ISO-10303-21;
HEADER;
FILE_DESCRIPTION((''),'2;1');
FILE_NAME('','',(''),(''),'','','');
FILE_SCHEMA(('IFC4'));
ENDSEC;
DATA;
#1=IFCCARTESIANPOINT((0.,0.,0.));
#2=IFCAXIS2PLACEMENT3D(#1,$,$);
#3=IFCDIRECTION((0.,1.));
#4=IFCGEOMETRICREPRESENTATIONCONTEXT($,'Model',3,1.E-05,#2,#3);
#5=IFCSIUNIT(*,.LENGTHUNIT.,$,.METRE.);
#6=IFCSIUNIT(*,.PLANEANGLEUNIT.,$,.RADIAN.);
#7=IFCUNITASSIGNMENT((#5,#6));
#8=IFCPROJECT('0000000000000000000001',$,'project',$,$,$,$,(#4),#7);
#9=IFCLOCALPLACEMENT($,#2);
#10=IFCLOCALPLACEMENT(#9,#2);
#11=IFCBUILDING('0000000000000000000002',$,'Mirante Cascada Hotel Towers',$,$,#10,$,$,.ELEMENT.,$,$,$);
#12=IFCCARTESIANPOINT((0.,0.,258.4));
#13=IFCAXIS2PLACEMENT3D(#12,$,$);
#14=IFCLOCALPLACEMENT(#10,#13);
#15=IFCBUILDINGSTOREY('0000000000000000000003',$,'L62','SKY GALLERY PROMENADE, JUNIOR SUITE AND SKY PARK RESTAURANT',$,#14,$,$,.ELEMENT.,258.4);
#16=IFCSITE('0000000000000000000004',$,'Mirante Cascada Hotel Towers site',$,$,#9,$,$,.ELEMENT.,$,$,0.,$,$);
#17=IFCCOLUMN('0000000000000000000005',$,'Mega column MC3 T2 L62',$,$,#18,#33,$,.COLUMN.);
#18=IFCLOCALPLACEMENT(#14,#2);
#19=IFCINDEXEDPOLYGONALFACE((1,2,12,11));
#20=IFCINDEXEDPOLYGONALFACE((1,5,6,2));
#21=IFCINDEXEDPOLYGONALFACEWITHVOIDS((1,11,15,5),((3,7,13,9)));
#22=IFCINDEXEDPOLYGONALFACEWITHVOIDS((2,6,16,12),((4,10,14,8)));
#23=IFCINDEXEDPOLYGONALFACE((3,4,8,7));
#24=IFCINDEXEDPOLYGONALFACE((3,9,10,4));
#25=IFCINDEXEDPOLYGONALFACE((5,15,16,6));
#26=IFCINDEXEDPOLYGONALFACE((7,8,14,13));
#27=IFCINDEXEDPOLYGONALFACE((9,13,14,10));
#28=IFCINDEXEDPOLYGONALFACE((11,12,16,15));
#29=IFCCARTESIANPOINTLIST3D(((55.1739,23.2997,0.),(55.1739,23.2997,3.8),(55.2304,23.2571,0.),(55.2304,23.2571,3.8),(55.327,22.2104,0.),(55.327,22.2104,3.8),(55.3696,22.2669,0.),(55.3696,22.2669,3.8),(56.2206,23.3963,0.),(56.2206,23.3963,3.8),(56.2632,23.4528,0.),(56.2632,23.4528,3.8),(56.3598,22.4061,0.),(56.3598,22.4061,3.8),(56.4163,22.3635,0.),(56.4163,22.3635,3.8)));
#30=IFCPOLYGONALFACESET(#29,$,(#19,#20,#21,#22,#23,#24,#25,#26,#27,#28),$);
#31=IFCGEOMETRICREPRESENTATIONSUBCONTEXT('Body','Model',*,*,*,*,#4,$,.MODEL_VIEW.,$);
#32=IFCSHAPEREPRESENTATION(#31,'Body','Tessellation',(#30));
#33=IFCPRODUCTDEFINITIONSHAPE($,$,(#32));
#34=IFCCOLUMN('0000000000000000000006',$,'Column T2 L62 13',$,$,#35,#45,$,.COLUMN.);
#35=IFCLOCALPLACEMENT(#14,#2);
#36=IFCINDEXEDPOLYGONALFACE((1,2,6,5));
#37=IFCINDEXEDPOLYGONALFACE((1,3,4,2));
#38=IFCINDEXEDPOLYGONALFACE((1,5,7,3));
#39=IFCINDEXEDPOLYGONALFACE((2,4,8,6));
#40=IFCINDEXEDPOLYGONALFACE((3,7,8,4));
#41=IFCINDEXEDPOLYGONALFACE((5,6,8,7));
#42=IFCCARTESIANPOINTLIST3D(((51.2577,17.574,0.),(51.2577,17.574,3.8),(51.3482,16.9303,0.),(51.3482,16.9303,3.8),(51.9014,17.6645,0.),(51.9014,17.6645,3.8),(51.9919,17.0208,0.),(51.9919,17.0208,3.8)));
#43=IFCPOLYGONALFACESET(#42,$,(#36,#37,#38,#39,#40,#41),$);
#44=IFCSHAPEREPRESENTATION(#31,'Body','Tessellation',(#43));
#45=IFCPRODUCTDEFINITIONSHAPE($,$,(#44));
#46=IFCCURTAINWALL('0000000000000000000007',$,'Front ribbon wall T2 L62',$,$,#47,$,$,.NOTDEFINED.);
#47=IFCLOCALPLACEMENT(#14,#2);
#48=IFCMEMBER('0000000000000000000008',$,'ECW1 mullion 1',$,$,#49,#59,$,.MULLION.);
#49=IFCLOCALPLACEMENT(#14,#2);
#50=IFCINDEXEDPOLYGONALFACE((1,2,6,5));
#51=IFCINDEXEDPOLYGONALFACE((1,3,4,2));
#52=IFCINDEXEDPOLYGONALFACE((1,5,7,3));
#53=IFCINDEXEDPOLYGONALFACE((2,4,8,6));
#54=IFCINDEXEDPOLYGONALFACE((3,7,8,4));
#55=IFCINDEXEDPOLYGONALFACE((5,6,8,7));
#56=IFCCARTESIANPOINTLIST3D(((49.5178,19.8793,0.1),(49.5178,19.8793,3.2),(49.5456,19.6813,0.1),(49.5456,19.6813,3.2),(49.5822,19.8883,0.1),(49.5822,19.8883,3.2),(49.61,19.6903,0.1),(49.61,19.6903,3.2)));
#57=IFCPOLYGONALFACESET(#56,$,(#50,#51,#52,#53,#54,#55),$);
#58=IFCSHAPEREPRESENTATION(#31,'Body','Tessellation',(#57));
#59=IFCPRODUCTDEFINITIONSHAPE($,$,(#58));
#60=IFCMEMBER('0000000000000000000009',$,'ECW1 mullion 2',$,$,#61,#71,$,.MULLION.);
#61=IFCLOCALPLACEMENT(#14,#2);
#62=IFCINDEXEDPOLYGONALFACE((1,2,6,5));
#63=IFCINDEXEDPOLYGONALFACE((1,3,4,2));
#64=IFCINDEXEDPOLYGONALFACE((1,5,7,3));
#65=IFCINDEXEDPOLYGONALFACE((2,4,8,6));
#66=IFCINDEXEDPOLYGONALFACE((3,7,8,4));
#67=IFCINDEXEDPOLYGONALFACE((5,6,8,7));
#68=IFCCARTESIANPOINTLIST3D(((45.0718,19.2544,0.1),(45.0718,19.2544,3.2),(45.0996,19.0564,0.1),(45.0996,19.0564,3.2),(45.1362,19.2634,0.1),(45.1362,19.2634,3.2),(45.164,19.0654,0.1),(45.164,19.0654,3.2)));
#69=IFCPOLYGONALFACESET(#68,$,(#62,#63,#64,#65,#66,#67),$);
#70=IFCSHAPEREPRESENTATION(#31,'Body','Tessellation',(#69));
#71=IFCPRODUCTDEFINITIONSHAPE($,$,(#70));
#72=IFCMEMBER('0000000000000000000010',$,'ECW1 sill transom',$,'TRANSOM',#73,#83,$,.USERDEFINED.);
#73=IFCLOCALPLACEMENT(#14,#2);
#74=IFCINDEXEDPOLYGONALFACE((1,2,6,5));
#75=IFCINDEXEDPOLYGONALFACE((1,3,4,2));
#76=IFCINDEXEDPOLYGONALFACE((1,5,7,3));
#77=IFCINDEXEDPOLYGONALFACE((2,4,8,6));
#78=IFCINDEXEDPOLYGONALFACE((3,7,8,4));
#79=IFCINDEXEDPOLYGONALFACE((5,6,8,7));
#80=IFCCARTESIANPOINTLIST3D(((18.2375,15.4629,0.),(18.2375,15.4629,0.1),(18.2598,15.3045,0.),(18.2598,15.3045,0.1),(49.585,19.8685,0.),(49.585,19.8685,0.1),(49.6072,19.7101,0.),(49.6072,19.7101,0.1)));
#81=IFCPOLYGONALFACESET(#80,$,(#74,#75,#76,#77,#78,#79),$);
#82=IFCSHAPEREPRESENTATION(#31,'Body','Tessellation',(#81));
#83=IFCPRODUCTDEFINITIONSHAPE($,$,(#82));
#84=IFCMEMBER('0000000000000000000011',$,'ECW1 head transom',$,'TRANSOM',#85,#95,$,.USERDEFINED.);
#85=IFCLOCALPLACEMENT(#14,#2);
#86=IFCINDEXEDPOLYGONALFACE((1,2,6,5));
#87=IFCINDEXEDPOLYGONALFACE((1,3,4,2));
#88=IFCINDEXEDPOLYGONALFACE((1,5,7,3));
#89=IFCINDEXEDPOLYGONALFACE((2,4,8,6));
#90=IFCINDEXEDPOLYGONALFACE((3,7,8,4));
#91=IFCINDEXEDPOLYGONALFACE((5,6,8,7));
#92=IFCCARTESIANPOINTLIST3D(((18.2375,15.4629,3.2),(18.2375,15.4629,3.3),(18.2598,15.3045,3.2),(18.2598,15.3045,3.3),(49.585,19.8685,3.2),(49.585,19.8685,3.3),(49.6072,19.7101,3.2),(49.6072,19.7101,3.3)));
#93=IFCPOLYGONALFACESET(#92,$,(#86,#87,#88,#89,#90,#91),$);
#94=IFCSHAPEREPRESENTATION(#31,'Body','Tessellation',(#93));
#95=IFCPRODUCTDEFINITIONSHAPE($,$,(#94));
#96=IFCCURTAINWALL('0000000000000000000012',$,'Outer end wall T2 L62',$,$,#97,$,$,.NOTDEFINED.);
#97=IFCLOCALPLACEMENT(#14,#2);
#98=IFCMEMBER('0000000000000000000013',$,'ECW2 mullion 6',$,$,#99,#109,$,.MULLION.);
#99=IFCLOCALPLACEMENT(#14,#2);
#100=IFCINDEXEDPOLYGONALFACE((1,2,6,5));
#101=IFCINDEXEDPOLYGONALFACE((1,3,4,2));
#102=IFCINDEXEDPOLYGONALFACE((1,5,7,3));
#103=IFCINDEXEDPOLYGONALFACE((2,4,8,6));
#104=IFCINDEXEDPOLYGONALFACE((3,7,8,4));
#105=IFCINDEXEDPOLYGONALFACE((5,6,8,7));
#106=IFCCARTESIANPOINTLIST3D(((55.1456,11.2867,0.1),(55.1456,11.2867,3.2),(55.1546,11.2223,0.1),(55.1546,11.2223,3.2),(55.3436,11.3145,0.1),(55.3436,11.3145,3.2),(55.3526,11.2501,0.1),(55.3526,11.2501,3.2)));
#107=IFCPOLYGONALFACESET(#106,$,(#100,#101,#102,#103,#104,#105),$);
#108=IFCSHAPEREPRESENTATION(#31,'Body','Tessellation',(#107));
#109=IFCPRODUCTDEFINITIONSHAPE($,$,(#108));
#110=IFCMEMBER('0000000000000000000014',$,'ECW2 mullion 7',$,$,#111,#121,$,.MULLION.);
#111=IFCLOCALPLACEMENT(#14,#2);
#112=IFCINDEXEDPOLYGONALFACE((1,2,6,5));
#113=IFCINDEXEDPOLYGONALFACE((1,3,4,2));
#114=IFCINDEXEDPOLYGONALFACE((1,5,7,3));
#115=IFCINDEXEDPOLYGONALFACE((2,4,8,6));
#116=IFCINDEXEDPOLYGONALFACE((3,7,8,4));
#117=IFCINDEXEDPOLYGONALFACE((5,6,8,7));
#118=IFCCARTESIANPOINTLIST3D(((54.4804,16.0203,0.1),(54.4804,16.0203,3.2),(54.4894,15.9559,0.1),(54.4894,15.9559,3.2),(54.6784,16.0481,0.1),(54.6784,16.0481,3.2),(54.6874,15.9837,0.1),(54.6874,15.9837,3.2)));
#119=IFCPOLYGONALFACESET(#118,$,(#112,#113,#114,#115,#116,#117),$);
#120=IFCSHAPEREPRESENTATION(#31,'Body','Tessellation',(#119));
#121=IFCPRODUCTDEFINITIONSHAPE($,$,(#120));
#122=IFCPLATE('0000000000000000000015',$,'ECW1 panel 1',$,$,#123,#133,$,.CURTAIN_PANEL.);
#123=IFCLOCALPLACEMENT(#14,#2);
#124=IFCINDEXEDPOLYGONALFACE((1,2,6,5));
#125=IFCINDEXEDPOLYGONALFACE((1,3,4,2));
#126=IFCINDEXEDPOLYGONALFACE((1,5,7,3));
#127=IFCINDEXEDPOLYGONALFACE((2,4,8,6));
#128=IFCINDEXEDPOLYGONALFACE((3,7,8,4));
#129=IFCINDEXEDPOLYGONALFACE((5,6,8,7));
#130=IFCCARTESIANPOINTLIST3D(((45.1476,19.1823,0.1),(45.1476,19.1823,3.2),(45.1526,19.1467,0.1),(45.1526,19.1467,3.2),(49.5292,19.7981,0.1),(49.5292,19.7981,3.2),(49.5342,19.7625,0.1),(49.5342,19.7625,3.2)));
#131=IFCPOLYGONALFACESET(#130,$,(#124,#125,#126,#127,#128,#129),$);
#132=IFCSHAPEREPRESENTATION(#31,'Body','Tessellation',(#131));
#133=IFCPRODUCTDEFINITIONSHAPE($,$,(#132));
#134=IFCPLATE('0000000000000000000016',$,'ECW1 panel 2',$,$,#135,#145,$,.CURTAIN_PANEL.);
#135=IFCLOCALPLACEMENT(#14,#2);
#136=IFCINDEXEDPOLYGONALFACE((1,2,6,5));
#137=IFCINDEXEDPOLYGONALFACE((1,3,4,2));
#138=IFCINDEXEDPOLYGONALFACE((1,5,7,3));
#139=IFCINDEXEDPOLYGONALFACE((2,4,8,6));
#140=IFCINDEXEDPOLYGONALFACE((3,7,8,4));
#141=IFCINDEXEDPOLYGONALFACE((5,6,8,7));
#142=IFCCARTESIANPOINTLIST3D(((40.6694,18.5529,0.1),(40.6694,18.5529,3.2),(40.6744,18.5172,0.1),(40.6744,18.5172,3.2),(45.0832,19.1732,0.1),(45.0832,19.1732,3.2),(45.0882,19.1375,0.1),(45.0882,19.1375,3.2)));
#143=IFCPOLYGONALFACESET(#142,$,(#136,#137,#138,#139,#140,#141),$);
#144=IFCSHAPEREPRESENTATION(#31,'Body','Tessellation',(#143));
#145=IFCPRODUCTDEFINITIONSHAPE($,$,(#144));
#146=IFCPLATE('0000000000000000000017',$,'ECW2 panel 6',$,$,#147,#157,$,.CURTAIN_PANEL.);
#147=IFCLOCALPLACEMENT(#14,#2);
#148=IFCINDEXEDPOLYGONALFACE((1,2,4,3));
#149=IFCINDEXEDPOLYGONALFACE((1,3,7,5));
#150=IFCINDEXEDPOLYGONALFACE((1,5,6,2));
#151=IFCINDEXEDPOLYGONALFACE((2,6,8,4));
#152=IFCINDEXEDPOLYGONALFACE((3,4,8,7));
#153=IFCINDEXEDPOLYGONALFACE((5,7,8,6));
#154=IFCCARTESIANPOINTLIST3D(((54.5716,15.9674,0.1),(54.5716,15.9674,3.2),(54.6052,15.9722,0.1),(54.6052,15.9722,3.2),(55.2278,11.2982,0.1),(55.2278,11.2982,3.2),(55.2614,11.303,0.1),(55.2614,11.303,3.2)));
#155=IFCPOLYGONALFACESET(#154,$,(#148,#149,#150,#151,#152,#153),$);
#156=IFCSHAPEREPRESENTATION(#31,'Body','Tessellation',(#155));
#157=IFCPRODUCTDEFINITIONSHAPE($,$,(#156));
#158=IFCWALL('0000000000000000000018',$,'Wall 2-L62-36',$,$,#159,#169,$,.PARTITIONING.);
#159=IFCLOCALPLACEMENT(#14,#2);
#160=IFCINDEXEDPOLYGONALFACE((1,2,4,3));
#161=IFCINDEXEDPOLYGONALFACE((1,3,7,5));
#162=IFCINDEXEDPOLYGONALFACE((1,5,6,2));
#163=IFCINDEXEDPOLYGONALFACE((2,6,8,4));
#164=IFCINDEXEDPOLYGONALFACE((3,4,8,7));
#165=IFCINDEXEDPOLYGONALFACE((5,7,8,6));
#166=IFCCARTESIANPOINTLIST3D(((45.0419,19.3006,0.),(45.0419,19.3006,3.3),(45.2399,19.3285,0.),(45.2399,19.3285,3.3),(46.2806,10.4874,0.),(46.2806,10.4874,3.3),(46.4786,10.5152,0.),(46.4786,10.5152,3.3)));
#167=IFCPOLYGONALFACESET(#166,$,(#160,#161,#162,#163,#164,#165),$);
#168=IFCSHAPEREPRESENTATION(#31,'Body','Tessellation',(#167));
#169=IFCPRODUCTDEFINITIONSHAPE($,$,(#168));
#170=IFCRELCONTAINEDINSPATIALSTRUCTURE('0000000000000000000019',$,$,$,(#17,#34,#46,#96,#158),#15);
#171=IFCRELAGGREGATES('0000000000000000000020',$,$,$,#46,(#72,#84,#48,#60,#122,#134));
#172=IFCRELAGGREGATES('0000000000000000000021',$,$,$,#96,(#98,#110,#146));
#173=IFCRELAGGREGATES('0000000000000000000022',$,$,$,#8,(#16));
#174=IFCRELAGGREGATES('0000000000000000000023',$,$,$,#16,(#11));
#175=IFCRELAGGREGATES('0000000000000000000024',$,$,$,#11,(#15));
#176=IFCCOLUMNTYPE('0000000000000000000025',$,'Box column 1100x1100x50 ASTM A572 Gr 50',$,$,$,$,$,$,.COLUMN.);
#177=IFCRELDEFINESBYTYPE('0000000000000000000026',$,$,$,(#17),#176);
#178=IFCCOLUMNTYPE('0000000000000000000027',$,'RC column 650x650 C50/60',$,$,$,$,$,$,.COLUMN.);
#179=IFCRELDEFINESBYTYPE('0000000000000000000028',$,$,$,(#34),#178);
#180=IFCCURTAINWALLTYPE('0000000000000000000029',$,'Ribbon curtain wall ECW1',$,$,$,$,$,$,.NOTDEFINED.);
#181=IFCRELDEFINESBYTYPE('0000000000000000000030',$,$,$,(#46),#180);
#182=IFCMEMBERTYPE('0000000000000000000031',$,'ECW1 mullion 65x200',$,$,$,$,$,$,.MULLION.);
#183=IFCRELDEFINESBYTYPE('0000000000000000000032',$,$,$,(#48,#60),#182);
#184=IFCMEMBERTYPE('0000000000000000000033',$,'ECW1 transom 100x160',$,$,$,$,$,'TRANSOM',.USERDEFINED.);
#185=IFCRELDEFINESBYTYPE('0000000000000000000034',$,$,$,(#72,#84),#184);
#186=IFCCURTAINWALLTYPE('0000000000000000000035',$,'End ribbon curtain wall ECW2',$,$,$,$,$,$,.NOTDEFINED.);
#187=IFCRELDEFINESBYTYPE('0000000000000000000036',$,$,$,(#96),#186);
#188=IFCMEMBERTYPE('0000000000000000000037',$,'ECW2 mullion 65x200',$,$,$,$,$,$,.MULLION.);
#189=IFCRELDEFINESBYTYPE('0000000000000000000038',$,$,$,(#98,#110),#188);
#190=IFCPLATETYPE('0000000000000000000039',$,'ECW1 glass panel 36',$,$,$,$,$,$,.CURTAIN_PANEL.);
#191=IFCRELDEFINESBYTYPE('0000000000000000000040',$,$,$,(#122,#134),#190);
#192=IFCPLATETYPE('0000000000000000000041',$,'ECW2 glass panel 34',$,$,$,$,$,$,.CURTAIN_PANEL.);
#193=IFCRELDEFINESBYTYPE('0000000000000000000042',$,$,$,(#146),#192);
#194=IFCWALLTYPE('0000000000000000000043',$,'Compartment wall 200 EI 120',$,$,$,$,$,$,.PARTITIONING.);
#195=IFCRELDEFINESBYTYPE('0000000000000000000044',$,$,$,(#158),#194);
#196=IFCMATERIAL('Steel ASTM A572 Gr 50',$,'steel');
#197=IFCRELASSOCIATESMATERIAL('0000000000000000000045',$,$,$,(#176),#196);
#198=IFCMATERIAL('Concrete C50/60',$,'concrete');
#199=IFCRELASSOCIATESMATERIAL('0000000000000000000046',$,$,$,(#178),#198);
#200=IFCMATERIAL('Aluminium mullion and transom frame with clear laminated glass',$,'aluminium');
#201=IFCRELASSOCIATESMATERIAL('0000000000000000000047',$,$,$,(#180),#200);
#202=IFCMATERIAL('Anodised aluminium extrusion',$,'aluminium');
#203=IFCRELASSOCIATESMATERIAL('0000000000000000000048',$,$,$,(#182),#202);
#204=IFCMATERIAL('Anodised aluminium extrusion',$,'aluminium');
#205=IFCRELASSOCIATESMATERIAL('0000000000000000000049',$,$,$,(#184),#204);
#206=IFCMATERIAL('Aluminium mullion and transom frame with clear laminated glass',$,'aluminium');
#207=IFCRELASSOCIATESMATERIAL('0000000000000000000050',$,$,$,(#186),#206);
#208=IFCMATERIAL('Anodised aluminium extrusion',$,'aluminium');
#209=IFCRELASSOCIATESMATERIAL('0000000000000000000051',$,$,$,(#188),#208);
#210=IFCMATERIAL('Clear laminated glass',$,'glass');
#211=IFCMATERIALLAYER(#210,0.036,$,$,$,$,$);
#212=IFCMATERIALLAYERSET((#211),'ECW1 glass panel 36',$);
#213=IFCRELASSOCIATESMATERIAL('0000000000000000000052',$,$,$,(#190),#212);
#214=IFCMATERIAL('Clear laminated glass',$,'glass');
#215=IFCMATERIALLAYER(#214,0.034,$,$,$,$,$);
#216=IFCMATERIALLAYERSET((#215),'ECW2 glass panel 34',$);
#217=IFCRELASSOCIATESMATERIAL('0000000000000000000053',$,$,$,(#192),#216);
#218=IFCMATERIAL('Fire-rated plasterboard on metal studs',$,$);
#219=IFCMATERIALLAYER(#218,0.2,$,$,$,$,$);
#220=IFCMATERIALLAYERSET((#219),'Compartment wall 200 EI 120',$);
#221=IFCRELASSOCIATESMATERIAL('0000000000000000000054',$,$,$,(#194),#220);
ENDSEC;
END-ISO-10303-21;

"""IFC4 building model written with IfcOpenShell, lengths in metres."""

from ifc_helpers import new_model, si_unit, direction, frame, frame_2d, origin, origin_2d, place, context, subcontext, project, spatial, rectangle, hollow_rectangle, extrude, material, layer, layer_set, material_profile, profile_set, type_object, element, aggregate, save


model = new_model("IFC4")

# Units and contexts
model_context = context("Model", 3, precision=1e-05, world=origin(), true_north=direction((0.0, 1.0)))
body_context = subcontext(model_context, "Body", "Model", "MODEL_VIEW")
ifc_project = project(units=[si_unit("LENGTHUNIT", "METRE"), si_unit("PLANEANGLEUNIT", "RADIAN")], contexts=[model_context])

# Site, building, storey
site_placement = place(None, origin())
site = spatial("IfcSite", under=ifc_project, at=site_placement, Name="Mirante Cascada Hotel Towers site", CompositionType="ELEMENT", RefElevation=0.0)
building_placement = place(site_placement, origin())
building = spatial("IfcBuilding", under=site, at=building_placement, Name="Mirante Cascada Hotel Towers", CompositionType="ELEMENT")
storey_placement = place(building_placement, frame((0.0, 0.0, 258.4)))
storey = spatial("IfcBuildingStorey", under=building, at=storey_placement, Name="L62", Description="SKY GALLERY PROMENADE, JUNIOR SUITE AND SKY PARK RESTAURANT", CompositionType="ELEMENT", Elevation=258.4)

# Columns
ifc_material_1 = material(Name="Steel ASTM A572 Gr 50", Category="steel")
ifc_material_profile_1 = material_profile(ifc_material_1, hollow_rectangle(XDim=1.1, YDim=1.1, WallThickness=0.05, at=origin_2d()), Name="Box column 1100x1100x50 ASTM A572 Gr 50")
ifc_profile_set_1 = profile_set([ifc_material_profile_1], Name="Steel ASTM A572 Gr 50")
column_type_1 = type_object("IfcColumnType", Name="Box column 1100x1100x50 ASTM A572 Gr 50", PredefinedType="COLUMN", material=ifc_profile_set_1)
column_1_placement = place(storey_placement, frame((55.7951, 22.8316, 0.0), z_axis=(0.0, 0.0, 1.0), x_axis=(0.990268, 0.139173, 0.0)))
element("IfcColumn", 1, at=column_1_placement, inside=storey, type_object=column_type_1, Name="Mega column MC3 T2 L62", PredefinedType="COLUMN", context=body_context, shape_type="SweptSolid", body=[
    extrude(hollow_rectangle(XDim=1.1, YDim=1.1, WallThickness=0.05, at=origin_2d()), origin(), (0.0, 0.0, 1.0), 3.8),
])
ifc_material_2 = material(Name="Concrete C50/60", Category="concrete")
ifc_material_profile_2 = material_profile(ifc_material_2, rectangle(XDim=0.65, YDim=0.65, at=origin_2d()), Name="RC column 650x650 C50/60")
ifc_profile_set_2 = profile_set([ifc_material_profile_2], Name="Concrete C50/60")
column_type_2 = type_object("IfcColumnType", Name="RC column 650x650 C50/60", PredefinedType="COLUMN", material=ifc_profile_set_2)
column_2_placement = place(storey_placement, frame((51.6248, 17.2974, 0.0), z_axis=(0.0, 0.0, 1.0), x_axis=(0.990268, 0.139173, 0.0)))
element("IfcColumn", 2, at=column_2_placement, inside=storey, type_object=column_type_2, Name="Column T2 L62 13", PredefinedType="COLUMN", context=body_context, shape_type="SweptSolid", body=[
    extrude(rectangle(XDim=0.65, YDim=0.65, at=origin_2d()), origin(), (0.0, 0.0, 1.0), 3.8),
])

# Curtain walls, members
ifc_material_3 = material(Name="Aluminium mullion and transom frame with clear laminated glass", Category="aluminium")
curtain_wall_type_1 = type_object("IfcCurtainWallType", Name="Ribbon curtain wall ECW1", PredefinedType="NOTDEFINED", material=ifc_material_3)
curtain_wall_1_placement = place(storey_placement, origin())
curtain_wall_1 = element("IfcCurtainWall", 3, at=curtain_wall_1_placement, inside=storey, type_object=curtain_wall_type_1, Name="Front ribbon wall T2 L62", PredefinedType="NOTDEFINED")
ifc_material_4 = material(Name="Anodised aluminium extrusion", Category="aluminium")
ifc_material_profile_3 = material_profile(ifc_material_4, rectangle(XDim=0.2, YDim=0.065, at=origin_2d()), Name="ECW1 MULLION 65x200")
ifc_profile_set_3 = profile_set([ifc_material_profile_3], Name="Anodised aluminium extrusion")
member_type_1 = type_object("IfcMemberType", Name="ECW1 mullion 65x200", PredefinedType="MULLION", material=ifc_profile_set_3)
member_1_placement = place(storey_placement, frame((49.5639, 19.7848, 0.1), z_axis=(0.0, 0.0, 1.0), x_axis=(0.139173, -0.990268, 0.0)))
member_1 = element("IfcMember", 4, at=member_1_placement, type_object=member_type_1, Name="ECW1 mullion 1", PredefinedType="MULLION", context=body_context, shape_type="SweptSolid", body=[
    extrude(rectangle(XDim=0.2, YDim=0.065, at=origin_2d()), origin(), (0.0, 0.0, 1.0), 3.1),
])
member_2_placement = place(storey_placement, frame((45.1179, 19.1599, 0.1), z_axis=(0.0, 0.0, 1.0), x_axis=(0.139173, -0.990268, 0.0)))
member_2 = element("IfcMember", 5, at=member_2_placement, type_object=member_type_1, Name="ECW1 mullion 2", PredefinedType="MULLION", context=body_context, shape_type="SweptSolid", body=[
    extrude(rectangle(XDim=0.2, YDim=0.065, at=origin_2d()), origin(), (0.0, 0.0, 1.0), 3.1),
])
ifc_material_5 = material(Name="Anodised aluminium extrusion", Category="aluminium")
ifc_material_profile_4 = material_profile(ifc_material_5, rectangle(XDim=0.16, YDim=0.1, at=origin_2d()), Name="ECW1 TRANSOM 100x160")
ifc_profile_set_4 = profile_set([ifc_material_profile_4], Name="Anodised aluminium extrusion")
member_type_2 = type_object("IfcMemberType", Name="ECW1 transom 100x160", ElementType="TRANSOM", PredefinedType="USERDEFINED", material=ifc_profile_set_4)
member_3_placement = place(storey_placement, frame((49.5961, 19.7893, 0.05), z_axis=(-0.990268, -0.139173, 0.0), x_axis=(0.139173, -0.990268, 0.0)))
member_3 = element("IfcMember", 6, at=member_3_placement, type_object=member_type_2, Name="ECW1 sill transom", ObjectType="TRANSOM", PredefinedType="USERDEFINED", context=body_context, shape_type="SweptSolid", body=[
    extrude(rectangle(XDim=0.16, YDim=0.1, at=origin_2d()), origin(), (0.0, 0.0, 1.0), 31.6555),
])
member_4_placement = place(storey_placement, frame((49.5961, 19.7893, 3.25), z_axis=(-0.990268, -0.139173, 0.0), x_axis=(0.139173, -0.990268, 0.0)))
member_4 = element("IfcMember", 7, at=member_4_placement, type_object=member_type_2, Name="ECW1 head transom", ObjectType="TRANSOM", PredefinedType="USERDEFINED", context=body_context, shape_type="SweptSolid", body=[
    extrude(rectangle(XDim=0.16, YDim=0.1, at=origin_2d()), origin(), (0.0, 0.0, 1.0), 31.6555),
])
ifc_material_6 = material(Name="Aluminium mullion and transom frame with clear laminated glass", Category="aluminium")
curtain_wall_type_2 = type_object("IfcCurtainWallType", Name="End ribbon curtain wall ECW2", PredefinedType="NOTDEFINED", material=ifc_material_6)
curtain_wall_2_placement = place(storey_placement, origin())
curtain_wall_2 = element("IfcCurtainWall", 8, at=curtain_wall_2_placement, inside=storey, type_object=curtain_wall_type_2, Name="Outer end wall T2 L62", PredefinedType="NOTDEFINED")
ifc_material_7 = material(Name="Anodised aluminium extrusion", Category="aluminium")
ifc_material_profile_5 = material_profile(ifc_material_7, rectangle(XDim=0.2, YDim=0.065, at=origin_2d()), Name="ECW2 MULLION 65x200")
ifc_profile_set_5 = profile_set([ifc_material_profile_5], Name="Anodised aluminium extrusion")
member_type_3 = type_object("IfcMemberType", Name="ECW2 mullion 65x200", PredefinedType="MULLION", material=ifc_profile_set_5)
member_5_placement = place(storey_placement, frame((55.2491, 11.2684, 0.1), z_axis=(0.0, 0.0, 1.0), x_axis=(-0.990268, -0.139173, 0.0)))
member_5 = element("IfcMember", 9, at=member_5_placement, type_object=member_type_3, Name="ECW2 mullion 6", PredefinedType="MULLION", context=body_context, shape_type="SweptSolid", body=[
    extrude(rectangle(XDim=0.2, YDim=0.065, at=origin_2d()), origin(), (0.0, 0.0, 1.0), 3.1),
])
member_6_placement = place(storey_placement, frame((54.5839, 16.002, 0.1), z_axis=(0.0, 0.0, 1.0), x_axis=(-0.990268, -0.139173, 0.0)))
member_6 = element("IfcMember", 10, at=member_6_placement, type_object=member_type_3, Name="ECW2 mullion 7", PredefinedType="MULLION", context=body_context, shape_type="SweptSolid", body=[
    extrude(rectangle(XDim=0.2, YDim=0.065, at=origin_2d()), origin(), (0.0, 0.0, 1.0), 3.1),
])

# Plates
ifc_material_8 = material(Name="Clear laminated glass", Category="glass")
ifc_layer_1 = layer(ifc_material_8, 0.036)
ifc_layer_set_1 = layer_set([ifc_layer_1], Name="ECW1 glass panel 36")
plate_type_1 = type_object("IfcPlateType", Name="ECW1 glass panel 36", PredefinedType="CURTAIN_PANEL", material=ifc_layer_set_1)
plate_1_placement = place(storey_placement, frame((47.3409, 19.4724, 0.1), z_axis=(0.0, 0.0, 1.0), x_axis=(-0.990268, -0.139173, 0.0)))
plate_1 = element("IfcPlate", 11, at=plate_1_placement, type_object=plate_type_1, Name="ECW1 panel 1", PredefinedType="CURTAIN_PANEL", context=body_context, shape_type="SweptSolid", body=[
    extrude(rectangle(XDim=4.4247, YDim=0.036, at=origin_2d()), origin(), (0.0, 0.0, 1.0), 3.1),
])
plate_2_placement = place(storey_placement, frame((42.8788, 18.8452, 0.1), z_axis=(0.0, 0.0, 1.0), x_axis=(-0.990268, -0.139173, 0.0)))
plate_2 = element("IfcPlate", 12, at=plate_2_placement, type_object=plate_type_1, Name="ECW1 panel 2", PredefinedType="CURTAIN_PANEL", context=body_context, shape_type="SweptSolid", body=[
    extrude(rectangle(XDim=4.4572, YDim=0.036, at=origin_2d()), origin(), (0.0, 0.0, 1.0), 3.1),
])
aggregate(curtain_wall_1, [member_3, member_4, member_1, member_2, plate_1, plate_2])
ifc_material_9 = material(Name="Clear laminated glass", Category="glass")
ifc_layer_2 = layer(ifc_material_9, 0.034)
ifc_layer_set_2 = layer_set([ifc_layer_2], Name="ECW2 glass panel 34")
plate_type_2 = type_object("IfcPlateType", Name="ECW2 glass panel 34", PredefinedType="CURTAIN_PANEL", material=ifc_layer_set_2)
plate_3_placement = place(storey_placement, frame((54.9165, 13.6352, 0.1), z_axis=(0.0, 0.0, 1.0), x_axis=(-0.139173, 0.990268, 0.0)))
plate_3 = element("IfcPlate", 13, at=plate_3_placement, type_object=plate_type_2, Name="ECW2 panel 6", PredefinedType="CURTAIN_PANEL", context=body_context, shape_type="SweptSolid", body=[
    extrude(rectangle(XDim=4.7151, YDim=0.034, at=origin_2d()), origin(), (0.0, 0.0, 1.0), 3.1),
])
aggregate(curtain_wall_2, [member_5, member_6, plate_3])

# Wall
ifc_material_10 = material(Name="Fire-rated plasterboard on metal studs")
ifc_layer_3 = layer(ifc_material_10, 0.2)
ifc_layer_set_3 = layer_set([ifc_layer_3], Name="Compartment wall 200 EI 120")
wall_type_1 = type_object("IfcWallType", Name="Compartment wall 200 EI 120", PredefinedType="PARTITIONING", material=ifc_layer_set_3)
wall_1_placement = place(storey_placement, frame((45.1409, 19.3146, 0.0), z_axis=(0.0, 0.0, 1.0), x_axis=(0.139181, -0.990267, 0.0)))
element("IfcWall", 14, at=wall_1_placement, inside=storey, type_object=wall_type_1, Name="Wall 2-L62-36", PredefinedType="PARTITIONING", context=body_context, shape_type="SweptSolid", body=[
    extrude(rectangle(XDim=8.8999, YDim=0.2, at=frame_2d((4.45, 0.0))), origin(), (0.0, 0.0, 1.0), 3.3),
])

save(model, "model.ifc")
